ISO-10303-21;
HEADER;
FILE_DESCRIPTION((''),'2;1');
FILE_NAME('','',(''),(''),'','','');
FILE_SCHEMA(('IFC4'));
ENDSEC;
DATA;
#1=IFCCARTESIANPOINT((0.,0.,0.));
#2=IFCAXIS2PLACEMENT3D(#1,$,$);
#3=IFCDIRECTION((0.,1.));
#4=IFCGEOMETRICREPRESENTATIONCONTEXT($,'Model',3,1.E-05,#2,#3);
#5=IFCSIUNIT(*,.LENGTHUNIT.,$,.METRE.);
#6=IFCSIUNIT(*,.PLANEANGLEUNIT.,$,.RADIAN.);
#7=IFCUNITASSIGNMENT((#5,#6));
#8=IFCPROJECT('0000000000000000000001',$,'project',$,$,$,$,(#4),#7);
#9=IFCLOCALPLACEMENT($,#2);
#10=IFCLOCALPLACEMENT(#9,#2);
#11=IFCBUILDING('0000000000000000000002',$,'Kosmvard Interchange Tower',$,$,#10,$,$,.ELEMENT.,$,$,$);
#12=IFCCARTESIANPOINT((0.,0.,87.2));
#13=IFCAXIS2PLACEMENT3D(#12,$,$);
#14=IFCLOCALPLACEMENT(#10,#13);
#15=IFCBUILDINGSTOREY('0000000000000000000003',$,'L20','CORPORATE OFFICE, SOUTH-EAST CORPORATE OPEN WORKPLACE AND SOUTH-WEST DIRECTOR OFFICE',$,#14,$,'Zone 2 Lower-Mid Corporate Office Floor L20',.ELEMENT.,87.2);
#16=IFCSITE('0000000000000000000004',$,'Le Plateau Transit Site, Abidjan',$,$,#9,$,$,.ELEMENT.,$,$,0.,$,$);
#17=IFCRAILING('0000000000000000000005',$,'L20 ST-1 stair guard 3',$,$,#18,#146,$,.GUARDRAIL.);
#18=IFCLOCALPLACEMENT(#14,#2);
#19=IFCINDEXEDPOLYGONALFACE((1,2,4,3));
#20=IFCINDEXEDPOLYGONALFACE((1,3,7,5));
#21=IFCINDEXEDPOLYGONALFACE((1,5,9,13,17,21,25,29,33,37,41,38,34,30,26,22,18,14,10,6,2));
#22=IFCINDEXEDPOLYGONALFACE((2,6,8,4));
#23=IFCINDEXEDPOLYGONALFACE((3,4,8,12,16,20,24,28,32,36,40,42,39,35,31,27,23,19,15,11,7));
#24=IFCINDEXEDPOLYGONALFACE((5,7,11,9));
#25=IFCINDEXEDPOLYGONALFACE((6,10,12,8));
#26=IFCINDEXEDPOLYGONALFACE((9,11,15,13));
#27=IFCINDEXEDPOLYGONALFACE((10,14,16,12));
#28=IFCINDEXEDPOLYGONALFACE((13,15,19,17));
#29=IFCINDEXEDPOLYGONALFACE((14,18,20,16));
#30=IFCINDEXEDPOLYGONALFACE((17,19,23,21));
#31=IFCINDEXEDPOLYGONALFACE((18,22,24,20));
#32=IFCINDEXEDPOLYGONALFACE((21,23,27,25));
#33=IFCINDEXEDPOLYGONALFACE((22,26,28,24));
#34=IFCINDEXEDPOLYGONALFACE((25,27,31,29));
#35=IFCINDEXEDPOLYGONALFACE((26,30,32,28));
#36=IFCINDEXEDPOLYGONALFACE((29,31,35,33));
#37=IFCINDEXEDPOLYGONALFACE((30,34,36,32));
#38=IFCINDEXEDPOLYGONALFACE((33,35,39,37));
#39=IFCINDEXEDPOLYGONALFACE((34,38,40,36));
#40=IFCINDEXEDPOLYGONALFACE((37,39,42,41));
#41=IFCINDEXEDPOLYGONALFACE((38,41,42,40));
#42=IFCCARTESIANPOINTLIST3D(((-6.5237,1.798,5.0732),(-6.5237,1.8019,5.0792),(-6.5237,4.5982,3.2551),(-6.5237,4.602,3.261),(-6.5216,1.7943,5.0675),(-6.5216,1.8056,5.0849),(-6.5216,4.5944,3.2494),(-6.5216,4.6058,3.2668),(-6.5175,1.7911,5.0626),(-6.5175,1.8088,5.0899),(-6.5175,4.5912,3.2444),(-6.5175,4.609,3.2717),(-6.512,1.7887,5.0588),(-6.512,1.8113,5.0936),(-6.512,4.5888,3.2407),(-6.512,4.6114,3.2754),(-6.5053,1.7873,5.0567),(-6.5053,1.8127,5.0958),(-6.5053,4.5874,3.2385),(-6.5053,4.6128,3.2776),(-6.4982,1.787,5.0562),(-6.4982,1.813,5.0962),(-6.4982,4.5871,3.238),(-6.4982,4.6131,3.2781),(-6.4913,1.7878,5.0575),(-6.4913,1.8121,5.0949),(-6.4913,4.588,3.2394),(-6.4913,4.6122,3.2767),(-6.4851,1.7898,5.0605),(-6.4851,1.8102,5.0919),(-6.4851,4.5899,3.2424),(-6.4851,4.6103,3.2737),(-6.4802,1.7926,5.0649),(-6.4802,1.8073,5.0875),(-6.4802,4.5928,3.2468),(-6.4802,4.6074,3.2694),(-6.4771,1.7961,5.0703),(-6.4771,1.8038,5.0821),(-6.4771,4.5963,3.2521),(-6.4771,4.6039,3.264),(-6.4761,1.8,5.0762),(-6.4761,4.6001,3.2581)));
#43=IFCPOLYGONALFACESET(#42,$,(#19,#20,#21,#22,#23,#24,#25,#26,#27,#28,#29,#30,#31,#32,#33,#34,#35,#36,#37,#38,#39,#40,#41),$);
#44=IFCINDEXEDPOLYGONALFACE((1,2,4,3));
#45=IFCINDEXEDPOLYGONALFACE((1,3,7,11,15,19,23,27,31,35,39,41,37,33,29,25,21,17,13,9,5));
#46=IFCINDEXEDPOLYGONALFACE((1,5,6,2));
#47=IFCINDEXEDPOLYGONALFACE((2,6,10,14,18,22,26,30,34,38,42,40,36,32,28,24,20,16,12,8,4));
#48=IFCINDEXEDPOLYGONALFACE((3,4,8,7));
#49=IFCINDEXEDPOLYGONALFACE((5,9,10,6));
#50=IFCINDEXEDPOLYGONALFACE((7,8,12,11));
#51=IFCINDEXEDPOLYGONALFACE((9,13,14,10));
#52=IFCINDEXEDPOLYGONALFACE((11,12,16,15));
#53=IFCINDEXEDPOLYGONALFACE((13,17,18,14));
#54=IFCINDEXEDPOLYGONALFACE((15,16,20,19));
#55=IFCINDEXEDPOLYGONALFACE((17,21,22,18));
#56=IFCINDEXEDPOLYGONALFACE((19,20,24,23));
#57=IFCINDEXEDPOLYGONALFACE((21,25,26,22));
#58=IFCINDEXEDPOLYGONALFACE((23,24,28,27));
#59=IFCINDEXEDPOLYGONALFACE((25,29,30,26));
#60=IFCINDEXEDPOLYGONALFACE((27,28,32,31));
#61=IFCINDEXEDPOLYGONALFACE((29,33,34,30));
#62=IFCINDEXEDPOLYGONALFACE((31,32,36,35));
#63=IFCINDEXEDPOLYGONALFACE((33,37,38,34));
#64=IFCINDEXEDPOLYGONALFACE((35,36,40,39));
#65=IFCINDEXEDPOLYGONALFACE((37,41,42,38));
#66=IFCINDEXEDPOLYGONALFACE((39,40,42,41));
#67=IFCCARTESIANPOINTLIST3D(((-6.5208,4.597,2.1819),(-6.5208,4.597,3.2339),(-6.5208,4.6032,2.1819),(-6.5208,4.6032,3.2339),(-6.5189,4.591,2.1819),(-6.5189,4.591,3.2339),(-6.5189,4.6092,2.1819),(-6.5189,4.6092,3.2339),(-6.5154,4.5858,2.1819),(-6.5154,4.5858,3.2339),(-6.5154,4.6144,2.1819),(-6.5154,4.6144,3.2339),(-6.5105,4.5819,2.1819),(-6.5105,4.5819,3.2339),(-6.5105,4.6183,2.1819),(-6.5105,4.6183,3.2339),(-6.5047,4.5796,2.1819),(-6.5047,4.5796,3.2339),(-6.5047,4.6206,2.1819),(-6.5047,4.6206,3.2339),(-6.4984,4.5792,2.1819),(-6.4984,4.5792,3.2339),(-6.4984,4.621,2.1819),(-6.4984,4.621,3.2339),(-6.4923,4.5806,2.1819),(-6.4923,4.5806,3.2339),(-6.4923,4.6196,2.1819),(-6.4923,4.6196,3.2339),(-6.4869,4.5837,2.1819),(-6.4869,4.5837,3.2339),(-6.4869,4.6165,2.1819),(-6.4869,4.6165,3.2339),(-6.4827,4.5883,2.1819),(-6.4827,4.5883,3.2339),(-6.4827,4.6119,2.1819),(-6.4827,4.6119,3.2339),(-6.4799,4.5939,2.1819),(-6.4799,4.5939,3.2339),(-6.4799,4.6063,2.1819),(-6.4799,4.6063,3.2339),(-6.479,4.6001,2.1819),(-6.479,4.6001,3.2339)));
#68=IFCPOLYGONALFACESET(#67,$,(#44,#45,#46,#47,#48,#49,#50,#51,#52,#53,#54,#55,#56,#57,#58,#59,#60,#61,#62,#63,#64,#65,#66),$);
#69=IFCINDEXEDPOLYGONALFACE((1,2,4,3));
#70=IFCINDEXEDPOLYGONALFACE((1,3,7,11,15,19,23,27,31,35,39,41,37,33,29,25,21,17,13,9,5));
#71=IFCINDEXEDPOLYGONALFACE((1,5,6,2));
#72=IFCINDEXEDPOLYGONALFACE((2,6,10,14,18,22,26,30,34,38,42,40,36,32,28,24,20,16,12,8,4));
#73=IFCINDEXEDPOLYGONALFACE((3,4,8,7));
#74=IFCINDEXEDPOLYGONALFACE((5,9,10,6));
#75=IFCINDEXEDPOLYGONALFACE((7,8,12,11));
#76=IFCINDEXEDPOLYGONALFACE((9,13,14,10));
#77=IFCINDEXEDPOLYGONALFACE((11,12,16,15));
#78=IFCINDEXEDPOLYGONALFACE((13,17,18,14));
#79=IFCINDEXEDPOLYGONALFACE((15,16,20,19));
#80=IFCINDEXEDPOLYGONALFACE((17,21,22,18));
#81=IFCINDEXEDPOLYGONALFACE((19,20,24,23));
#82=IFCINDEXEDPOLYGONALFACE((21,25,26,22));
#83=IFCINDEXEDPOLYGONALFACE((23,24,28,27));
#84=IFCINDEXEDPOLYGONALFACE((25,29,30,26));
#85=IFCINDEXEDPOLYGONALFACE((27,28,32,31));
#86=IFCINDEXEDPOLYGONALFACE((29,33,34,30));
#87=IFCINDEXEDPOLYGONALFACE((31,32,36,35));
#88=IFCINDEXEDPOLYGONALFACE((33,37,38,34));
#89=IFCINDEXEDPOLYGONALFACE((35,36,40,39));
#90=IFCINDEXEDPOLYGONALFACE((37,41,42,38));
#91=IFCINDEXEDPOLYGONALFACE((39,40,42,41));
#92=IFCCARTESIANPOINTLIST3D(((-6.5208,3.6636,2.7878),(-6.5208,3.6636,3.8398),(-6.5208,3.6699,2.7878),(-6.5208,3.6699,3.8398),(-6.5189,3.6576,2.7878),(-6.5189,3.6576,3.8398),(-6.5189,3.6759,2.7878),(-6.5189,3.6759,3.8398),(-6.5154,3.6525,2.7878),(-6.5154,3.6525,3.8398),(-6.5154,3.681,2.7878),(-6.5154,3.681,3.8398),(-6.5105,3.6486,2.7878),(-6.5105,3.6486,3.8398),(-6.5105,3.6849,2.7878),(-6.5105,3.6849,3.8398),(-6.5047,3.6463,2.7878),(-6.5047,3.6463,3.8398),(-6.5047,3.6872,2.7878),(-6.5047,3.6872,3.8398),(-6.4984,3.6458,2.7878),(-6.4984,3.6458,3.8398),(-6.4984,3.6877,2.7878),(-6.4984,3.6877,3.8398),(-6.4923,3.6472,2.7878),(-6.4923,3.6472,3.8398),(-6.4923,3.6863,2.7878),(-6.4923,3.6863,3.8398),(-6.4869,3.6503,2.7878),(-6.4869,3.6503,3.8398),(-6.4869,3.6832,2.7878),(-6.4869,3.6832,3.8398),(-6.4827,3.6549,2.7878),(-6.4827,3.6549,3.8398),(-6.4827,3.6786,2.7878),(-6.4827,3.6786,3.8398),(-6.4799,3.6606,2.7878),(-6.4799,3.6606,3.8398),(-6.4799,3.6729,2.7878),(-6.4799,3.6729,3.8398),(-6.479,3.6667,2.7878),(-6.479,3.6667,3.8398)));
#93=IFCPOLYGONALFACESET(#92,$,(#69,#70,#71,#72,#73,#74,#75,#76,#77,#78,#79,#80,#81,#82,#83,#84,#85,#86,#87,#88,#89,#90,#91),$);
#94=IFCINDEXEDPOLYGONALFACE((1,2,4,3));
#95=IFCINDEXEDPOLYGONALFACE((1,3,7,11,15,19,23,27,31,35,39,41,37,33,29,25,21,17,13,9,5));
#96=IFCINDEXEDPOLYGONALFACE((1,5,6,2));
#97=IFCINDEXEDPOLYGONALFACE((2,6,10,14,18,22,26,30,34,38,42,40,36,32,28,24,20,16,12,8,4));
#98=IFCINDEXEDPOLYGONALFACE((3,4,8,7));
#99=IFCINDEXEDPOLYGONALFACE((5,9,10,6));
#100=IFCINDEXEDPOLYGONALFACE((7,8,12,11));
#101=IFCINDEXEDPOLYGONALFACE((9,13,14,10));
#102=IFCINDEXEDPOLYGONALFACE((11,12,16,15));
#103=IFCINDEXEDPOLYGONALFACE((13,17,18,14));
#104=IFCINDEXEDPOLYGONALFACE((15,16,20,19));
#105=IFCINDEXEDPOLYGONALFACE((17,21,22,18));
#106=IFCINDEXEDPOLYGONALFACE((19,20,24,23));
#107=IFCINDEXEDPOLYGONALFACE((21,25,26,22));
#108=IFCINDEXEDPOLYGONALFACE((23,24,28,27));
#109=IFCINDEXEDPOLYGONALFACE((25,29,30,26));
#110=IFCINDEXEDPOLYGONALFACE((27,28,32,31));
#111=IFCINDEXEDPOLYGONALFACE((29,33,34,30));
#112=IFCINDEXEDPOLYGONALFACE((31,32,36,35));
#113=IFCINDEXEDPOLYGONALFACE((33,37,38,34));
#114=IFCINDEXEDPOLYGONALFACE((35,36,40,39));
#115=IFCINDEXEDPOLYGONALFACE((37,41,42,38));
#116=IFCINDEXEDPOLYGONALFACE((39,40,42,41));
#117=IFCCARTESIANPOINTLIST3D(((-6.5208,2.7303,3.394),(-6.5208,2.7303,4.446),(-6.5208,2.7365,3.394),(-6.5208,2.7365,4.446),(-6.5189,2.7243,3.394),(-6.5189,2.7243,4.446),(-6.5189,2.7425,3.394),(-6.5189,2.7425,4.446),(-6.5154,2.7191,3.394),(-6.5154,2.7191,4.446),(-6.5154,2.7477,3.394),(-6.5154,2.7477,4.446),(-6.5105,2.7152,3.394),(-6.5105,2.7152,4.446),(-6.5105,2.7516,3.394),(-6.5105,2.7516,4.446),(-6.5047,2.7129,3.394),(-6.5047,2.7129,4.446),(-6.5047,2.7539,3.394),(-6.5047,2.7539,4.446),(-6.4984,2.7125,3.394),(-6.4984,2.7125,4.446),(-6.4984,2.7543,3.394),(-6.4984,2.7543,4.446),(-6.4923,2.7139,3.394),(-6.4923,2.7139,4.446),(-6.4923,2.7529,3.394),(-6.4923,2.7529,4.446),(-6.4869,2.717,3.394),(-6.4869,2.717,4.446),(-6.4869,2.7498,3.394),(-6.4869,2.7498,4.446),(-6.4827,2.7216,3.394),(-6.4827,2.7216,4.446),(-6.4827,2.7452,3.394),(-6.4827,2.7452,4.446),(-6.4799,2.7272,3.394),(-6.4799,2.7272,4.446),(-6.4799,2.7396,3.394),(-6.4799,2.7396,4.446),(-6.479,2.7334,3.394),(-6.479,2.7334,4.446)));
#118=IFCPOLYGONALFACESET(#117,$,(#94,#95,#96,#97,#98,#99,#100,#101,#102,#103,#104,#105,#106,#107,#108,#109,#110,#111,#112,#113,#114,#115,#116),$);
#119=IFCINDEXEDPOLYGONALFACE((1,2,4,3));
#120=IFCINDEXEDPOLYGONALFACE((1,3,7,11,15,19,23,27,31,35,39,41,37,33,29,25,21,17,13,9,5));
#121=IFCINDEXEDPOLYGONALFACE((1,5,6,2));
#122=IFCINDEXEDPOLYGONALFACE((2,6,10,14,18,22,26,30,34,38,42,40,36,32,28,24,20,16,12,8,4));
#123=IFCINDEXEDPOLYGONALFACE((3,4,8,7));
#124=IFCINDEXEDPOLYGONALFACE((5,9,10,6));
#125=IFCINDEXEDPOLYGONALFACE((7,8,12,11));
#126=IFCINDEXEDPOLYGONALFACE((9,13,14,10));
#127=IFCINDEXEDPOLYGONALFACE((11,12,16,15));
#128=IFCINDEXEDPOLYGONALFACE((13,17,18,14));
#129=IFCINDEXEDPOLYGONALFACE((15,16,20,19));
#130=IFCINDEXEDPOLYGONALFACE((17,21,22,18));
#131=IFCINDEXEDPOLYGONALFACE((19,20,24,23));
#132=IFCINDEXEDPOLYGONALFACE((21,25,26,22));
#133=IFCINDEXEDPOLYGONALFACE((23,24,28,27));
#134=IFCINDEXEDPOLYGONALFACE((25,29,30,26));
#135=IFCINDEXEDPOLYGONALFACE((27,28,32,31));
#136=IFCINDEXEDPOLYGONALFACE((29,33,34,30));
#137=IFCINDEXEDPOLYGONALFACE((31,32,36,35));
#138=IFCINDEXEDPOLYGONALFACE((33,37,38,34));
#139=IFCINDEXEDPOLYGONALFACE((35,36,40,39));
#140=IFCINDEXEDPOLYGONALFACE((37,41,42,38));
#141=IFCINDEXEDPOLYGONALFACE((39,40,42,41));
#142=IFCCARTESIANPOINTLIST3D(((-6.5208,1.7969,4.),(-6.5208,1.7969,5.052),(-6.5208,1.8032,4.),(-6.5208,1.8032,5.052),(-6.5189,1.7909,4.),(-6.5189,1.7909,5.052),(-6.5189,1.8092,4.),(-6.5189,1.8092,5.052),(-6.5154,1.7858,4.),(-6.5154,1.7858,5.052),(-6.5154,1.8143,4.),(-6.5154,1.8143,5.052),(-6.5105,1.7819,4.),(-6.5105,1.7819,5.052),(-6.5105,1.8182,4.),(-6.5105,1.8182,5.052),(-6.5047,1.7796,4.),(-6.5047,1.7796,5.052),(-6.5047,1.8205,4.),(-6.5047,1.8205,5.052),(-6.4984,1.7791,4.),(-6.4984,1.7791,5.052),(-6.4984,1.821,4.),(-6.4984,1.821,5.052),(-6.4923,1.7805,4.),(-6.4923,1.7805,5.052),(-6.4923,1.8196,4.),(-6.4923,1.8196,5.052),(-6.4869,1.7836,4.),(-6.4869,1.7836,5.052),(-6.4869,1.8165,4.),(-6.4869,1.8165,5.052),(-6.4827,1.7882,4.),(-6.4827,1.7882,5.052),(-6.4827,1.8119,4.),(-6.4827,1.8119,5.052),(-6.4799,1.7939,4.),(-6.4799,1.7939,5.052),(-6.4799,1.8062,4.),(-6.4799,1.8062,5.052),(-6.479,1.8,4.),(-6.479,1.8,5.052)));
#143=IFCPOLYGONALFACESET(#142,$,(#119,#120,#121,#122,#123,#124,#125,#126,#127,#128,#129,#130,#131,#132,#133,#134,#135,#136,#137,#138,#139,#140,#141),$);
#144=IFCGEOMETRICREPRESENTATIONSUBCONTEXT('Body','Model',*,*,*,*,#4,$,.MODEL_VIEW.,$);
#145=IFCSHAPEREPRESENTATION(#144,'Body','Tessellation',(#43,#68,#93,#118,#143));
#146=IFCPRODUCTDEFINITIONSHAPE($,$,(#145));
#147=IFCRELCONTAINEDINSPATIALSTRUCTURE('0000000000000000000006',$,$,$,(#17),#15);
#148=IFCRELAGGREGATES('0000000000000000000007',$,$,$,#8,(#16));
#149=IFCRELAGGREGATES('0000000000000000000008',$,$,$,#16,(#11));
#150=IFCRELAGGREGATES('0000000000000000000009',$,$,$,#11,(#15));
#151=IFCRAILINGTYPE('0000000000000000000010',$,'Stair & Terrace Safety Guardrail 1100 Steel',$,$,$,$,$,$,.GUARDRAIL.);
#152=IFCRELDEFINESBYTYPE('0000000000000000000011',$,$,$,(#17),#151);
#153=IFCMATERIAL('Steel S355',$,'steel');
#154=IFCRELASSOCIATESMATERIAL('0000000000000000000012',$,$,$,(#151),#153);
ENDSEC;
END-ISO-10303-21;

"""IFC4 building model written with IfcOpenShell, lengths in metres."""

from ifc_helpers import new_model, si_unit, direction, frame, origin, origin_2d, place, context, subcontext, project, spatial, circle, extrude, source, transform, mapped, material, type_object, element, save


model = new_model("IFC4")

# Units and contexts
model_context = context("Model", 3, precision=1e-05, world=origin(), true_north=direction((0.0, 1.0)))
body_context = subcontext(model_context, "Body", "Model", "MODEL_VIEW")
ifc_project = project(units=[si_unit("LENGTHUNIT", "METRE"), si_unit("PLANEANGLEUNIT", "RADIAN")], contexts=[model_context])

# Site, building, storey
site_placement = place(None, origin())
site = spatial("IfcSite", under=ifc_project, at=site_placement, Name="Le Plateau Transit Site, Abidjan", CompositionType="ELEMENT", RefElevation=0.0)
building_placement = place(site_placement, origin())
building = spatial("IfcBuilding", under=site, at=building_placement, Name="Kosmvard Interchange Tower", CompositionType="ELEMENT")
storey_placement = place(building_placement, frame((0.0, 0.0, 87.2)))
storey = spatial("IfcBuildingStorey", under=building, at=storey_placement, Name="L20", Description="CORPORATE OFFICE, SOUTH-EAST CORPORATE OPEN WORKPLACE AND SOUTH-WEST DIRECTOR OFFICE", LongName="Zone 2 Lower-Mid Corporate Office Floor L20", CompositionType="ELEMENT", Elevation=87.2)

# Shared definitions
ifc_material_1 = material(Name="Steel S355", Category="steel")

# Railing
railing_type_1 = type_object("IfcRailingType", Name="Stair & Terrace Safety Guardrail 1100 Steel", PredefinedType="GUARDRAIL", material=ifc_material_1)
shared_shape_1 = source(origin(), body_context, "Body", "SweptSolid", [
    extrude(circle(Radius=0.0239, at=origin_2d()), frame((0.0, 0.0, 1.0762), z_axis=(0.0, -0.838706, 0.544585), x_axis=(1.0, 0.0, 0.0)), (0.0, 0.0, 1.0), 3.3386),
    extrude(circle(Radius=0.021, at=origin_2d()), origin(), (0.0, 0.0, 1.0), 1.052),
    extrude(circle(Radius=0.021, at=origin_2d()), frame((0.0, -0.9333, 0.606)), (0.0, 0.0, 1.0), 1.052),
    extrude(circle(Radius=0.021, at=origin_2d()), frame((0.0, -1.8667, 1.2122)), (0.0, 0.0, 1.0), 1.052),
    extrude(circle(Radius=0.021, at=origin_2d()), frame((0.0, -2.8, 1.8181)), (0.0, 0.0, 1.0), 1.052),
])
railing_1_placement = place(storey_placement, frame((-6.5, 4.6001, 2.1819)))
element("IfcRailing", 1, at=railing_1_placement, inside=storey, type_object=railing_type_1, Name="L20 ST-1 stair guard 3", PredefinedType="GUARDRAIL", context=body_context, shape_type="MappedRepresentation", body=[
    mapped(shared_shape_1, transform((0.0, 0.0, 0.0), scale=1.0)),
])

save(model, "model.ifc")
